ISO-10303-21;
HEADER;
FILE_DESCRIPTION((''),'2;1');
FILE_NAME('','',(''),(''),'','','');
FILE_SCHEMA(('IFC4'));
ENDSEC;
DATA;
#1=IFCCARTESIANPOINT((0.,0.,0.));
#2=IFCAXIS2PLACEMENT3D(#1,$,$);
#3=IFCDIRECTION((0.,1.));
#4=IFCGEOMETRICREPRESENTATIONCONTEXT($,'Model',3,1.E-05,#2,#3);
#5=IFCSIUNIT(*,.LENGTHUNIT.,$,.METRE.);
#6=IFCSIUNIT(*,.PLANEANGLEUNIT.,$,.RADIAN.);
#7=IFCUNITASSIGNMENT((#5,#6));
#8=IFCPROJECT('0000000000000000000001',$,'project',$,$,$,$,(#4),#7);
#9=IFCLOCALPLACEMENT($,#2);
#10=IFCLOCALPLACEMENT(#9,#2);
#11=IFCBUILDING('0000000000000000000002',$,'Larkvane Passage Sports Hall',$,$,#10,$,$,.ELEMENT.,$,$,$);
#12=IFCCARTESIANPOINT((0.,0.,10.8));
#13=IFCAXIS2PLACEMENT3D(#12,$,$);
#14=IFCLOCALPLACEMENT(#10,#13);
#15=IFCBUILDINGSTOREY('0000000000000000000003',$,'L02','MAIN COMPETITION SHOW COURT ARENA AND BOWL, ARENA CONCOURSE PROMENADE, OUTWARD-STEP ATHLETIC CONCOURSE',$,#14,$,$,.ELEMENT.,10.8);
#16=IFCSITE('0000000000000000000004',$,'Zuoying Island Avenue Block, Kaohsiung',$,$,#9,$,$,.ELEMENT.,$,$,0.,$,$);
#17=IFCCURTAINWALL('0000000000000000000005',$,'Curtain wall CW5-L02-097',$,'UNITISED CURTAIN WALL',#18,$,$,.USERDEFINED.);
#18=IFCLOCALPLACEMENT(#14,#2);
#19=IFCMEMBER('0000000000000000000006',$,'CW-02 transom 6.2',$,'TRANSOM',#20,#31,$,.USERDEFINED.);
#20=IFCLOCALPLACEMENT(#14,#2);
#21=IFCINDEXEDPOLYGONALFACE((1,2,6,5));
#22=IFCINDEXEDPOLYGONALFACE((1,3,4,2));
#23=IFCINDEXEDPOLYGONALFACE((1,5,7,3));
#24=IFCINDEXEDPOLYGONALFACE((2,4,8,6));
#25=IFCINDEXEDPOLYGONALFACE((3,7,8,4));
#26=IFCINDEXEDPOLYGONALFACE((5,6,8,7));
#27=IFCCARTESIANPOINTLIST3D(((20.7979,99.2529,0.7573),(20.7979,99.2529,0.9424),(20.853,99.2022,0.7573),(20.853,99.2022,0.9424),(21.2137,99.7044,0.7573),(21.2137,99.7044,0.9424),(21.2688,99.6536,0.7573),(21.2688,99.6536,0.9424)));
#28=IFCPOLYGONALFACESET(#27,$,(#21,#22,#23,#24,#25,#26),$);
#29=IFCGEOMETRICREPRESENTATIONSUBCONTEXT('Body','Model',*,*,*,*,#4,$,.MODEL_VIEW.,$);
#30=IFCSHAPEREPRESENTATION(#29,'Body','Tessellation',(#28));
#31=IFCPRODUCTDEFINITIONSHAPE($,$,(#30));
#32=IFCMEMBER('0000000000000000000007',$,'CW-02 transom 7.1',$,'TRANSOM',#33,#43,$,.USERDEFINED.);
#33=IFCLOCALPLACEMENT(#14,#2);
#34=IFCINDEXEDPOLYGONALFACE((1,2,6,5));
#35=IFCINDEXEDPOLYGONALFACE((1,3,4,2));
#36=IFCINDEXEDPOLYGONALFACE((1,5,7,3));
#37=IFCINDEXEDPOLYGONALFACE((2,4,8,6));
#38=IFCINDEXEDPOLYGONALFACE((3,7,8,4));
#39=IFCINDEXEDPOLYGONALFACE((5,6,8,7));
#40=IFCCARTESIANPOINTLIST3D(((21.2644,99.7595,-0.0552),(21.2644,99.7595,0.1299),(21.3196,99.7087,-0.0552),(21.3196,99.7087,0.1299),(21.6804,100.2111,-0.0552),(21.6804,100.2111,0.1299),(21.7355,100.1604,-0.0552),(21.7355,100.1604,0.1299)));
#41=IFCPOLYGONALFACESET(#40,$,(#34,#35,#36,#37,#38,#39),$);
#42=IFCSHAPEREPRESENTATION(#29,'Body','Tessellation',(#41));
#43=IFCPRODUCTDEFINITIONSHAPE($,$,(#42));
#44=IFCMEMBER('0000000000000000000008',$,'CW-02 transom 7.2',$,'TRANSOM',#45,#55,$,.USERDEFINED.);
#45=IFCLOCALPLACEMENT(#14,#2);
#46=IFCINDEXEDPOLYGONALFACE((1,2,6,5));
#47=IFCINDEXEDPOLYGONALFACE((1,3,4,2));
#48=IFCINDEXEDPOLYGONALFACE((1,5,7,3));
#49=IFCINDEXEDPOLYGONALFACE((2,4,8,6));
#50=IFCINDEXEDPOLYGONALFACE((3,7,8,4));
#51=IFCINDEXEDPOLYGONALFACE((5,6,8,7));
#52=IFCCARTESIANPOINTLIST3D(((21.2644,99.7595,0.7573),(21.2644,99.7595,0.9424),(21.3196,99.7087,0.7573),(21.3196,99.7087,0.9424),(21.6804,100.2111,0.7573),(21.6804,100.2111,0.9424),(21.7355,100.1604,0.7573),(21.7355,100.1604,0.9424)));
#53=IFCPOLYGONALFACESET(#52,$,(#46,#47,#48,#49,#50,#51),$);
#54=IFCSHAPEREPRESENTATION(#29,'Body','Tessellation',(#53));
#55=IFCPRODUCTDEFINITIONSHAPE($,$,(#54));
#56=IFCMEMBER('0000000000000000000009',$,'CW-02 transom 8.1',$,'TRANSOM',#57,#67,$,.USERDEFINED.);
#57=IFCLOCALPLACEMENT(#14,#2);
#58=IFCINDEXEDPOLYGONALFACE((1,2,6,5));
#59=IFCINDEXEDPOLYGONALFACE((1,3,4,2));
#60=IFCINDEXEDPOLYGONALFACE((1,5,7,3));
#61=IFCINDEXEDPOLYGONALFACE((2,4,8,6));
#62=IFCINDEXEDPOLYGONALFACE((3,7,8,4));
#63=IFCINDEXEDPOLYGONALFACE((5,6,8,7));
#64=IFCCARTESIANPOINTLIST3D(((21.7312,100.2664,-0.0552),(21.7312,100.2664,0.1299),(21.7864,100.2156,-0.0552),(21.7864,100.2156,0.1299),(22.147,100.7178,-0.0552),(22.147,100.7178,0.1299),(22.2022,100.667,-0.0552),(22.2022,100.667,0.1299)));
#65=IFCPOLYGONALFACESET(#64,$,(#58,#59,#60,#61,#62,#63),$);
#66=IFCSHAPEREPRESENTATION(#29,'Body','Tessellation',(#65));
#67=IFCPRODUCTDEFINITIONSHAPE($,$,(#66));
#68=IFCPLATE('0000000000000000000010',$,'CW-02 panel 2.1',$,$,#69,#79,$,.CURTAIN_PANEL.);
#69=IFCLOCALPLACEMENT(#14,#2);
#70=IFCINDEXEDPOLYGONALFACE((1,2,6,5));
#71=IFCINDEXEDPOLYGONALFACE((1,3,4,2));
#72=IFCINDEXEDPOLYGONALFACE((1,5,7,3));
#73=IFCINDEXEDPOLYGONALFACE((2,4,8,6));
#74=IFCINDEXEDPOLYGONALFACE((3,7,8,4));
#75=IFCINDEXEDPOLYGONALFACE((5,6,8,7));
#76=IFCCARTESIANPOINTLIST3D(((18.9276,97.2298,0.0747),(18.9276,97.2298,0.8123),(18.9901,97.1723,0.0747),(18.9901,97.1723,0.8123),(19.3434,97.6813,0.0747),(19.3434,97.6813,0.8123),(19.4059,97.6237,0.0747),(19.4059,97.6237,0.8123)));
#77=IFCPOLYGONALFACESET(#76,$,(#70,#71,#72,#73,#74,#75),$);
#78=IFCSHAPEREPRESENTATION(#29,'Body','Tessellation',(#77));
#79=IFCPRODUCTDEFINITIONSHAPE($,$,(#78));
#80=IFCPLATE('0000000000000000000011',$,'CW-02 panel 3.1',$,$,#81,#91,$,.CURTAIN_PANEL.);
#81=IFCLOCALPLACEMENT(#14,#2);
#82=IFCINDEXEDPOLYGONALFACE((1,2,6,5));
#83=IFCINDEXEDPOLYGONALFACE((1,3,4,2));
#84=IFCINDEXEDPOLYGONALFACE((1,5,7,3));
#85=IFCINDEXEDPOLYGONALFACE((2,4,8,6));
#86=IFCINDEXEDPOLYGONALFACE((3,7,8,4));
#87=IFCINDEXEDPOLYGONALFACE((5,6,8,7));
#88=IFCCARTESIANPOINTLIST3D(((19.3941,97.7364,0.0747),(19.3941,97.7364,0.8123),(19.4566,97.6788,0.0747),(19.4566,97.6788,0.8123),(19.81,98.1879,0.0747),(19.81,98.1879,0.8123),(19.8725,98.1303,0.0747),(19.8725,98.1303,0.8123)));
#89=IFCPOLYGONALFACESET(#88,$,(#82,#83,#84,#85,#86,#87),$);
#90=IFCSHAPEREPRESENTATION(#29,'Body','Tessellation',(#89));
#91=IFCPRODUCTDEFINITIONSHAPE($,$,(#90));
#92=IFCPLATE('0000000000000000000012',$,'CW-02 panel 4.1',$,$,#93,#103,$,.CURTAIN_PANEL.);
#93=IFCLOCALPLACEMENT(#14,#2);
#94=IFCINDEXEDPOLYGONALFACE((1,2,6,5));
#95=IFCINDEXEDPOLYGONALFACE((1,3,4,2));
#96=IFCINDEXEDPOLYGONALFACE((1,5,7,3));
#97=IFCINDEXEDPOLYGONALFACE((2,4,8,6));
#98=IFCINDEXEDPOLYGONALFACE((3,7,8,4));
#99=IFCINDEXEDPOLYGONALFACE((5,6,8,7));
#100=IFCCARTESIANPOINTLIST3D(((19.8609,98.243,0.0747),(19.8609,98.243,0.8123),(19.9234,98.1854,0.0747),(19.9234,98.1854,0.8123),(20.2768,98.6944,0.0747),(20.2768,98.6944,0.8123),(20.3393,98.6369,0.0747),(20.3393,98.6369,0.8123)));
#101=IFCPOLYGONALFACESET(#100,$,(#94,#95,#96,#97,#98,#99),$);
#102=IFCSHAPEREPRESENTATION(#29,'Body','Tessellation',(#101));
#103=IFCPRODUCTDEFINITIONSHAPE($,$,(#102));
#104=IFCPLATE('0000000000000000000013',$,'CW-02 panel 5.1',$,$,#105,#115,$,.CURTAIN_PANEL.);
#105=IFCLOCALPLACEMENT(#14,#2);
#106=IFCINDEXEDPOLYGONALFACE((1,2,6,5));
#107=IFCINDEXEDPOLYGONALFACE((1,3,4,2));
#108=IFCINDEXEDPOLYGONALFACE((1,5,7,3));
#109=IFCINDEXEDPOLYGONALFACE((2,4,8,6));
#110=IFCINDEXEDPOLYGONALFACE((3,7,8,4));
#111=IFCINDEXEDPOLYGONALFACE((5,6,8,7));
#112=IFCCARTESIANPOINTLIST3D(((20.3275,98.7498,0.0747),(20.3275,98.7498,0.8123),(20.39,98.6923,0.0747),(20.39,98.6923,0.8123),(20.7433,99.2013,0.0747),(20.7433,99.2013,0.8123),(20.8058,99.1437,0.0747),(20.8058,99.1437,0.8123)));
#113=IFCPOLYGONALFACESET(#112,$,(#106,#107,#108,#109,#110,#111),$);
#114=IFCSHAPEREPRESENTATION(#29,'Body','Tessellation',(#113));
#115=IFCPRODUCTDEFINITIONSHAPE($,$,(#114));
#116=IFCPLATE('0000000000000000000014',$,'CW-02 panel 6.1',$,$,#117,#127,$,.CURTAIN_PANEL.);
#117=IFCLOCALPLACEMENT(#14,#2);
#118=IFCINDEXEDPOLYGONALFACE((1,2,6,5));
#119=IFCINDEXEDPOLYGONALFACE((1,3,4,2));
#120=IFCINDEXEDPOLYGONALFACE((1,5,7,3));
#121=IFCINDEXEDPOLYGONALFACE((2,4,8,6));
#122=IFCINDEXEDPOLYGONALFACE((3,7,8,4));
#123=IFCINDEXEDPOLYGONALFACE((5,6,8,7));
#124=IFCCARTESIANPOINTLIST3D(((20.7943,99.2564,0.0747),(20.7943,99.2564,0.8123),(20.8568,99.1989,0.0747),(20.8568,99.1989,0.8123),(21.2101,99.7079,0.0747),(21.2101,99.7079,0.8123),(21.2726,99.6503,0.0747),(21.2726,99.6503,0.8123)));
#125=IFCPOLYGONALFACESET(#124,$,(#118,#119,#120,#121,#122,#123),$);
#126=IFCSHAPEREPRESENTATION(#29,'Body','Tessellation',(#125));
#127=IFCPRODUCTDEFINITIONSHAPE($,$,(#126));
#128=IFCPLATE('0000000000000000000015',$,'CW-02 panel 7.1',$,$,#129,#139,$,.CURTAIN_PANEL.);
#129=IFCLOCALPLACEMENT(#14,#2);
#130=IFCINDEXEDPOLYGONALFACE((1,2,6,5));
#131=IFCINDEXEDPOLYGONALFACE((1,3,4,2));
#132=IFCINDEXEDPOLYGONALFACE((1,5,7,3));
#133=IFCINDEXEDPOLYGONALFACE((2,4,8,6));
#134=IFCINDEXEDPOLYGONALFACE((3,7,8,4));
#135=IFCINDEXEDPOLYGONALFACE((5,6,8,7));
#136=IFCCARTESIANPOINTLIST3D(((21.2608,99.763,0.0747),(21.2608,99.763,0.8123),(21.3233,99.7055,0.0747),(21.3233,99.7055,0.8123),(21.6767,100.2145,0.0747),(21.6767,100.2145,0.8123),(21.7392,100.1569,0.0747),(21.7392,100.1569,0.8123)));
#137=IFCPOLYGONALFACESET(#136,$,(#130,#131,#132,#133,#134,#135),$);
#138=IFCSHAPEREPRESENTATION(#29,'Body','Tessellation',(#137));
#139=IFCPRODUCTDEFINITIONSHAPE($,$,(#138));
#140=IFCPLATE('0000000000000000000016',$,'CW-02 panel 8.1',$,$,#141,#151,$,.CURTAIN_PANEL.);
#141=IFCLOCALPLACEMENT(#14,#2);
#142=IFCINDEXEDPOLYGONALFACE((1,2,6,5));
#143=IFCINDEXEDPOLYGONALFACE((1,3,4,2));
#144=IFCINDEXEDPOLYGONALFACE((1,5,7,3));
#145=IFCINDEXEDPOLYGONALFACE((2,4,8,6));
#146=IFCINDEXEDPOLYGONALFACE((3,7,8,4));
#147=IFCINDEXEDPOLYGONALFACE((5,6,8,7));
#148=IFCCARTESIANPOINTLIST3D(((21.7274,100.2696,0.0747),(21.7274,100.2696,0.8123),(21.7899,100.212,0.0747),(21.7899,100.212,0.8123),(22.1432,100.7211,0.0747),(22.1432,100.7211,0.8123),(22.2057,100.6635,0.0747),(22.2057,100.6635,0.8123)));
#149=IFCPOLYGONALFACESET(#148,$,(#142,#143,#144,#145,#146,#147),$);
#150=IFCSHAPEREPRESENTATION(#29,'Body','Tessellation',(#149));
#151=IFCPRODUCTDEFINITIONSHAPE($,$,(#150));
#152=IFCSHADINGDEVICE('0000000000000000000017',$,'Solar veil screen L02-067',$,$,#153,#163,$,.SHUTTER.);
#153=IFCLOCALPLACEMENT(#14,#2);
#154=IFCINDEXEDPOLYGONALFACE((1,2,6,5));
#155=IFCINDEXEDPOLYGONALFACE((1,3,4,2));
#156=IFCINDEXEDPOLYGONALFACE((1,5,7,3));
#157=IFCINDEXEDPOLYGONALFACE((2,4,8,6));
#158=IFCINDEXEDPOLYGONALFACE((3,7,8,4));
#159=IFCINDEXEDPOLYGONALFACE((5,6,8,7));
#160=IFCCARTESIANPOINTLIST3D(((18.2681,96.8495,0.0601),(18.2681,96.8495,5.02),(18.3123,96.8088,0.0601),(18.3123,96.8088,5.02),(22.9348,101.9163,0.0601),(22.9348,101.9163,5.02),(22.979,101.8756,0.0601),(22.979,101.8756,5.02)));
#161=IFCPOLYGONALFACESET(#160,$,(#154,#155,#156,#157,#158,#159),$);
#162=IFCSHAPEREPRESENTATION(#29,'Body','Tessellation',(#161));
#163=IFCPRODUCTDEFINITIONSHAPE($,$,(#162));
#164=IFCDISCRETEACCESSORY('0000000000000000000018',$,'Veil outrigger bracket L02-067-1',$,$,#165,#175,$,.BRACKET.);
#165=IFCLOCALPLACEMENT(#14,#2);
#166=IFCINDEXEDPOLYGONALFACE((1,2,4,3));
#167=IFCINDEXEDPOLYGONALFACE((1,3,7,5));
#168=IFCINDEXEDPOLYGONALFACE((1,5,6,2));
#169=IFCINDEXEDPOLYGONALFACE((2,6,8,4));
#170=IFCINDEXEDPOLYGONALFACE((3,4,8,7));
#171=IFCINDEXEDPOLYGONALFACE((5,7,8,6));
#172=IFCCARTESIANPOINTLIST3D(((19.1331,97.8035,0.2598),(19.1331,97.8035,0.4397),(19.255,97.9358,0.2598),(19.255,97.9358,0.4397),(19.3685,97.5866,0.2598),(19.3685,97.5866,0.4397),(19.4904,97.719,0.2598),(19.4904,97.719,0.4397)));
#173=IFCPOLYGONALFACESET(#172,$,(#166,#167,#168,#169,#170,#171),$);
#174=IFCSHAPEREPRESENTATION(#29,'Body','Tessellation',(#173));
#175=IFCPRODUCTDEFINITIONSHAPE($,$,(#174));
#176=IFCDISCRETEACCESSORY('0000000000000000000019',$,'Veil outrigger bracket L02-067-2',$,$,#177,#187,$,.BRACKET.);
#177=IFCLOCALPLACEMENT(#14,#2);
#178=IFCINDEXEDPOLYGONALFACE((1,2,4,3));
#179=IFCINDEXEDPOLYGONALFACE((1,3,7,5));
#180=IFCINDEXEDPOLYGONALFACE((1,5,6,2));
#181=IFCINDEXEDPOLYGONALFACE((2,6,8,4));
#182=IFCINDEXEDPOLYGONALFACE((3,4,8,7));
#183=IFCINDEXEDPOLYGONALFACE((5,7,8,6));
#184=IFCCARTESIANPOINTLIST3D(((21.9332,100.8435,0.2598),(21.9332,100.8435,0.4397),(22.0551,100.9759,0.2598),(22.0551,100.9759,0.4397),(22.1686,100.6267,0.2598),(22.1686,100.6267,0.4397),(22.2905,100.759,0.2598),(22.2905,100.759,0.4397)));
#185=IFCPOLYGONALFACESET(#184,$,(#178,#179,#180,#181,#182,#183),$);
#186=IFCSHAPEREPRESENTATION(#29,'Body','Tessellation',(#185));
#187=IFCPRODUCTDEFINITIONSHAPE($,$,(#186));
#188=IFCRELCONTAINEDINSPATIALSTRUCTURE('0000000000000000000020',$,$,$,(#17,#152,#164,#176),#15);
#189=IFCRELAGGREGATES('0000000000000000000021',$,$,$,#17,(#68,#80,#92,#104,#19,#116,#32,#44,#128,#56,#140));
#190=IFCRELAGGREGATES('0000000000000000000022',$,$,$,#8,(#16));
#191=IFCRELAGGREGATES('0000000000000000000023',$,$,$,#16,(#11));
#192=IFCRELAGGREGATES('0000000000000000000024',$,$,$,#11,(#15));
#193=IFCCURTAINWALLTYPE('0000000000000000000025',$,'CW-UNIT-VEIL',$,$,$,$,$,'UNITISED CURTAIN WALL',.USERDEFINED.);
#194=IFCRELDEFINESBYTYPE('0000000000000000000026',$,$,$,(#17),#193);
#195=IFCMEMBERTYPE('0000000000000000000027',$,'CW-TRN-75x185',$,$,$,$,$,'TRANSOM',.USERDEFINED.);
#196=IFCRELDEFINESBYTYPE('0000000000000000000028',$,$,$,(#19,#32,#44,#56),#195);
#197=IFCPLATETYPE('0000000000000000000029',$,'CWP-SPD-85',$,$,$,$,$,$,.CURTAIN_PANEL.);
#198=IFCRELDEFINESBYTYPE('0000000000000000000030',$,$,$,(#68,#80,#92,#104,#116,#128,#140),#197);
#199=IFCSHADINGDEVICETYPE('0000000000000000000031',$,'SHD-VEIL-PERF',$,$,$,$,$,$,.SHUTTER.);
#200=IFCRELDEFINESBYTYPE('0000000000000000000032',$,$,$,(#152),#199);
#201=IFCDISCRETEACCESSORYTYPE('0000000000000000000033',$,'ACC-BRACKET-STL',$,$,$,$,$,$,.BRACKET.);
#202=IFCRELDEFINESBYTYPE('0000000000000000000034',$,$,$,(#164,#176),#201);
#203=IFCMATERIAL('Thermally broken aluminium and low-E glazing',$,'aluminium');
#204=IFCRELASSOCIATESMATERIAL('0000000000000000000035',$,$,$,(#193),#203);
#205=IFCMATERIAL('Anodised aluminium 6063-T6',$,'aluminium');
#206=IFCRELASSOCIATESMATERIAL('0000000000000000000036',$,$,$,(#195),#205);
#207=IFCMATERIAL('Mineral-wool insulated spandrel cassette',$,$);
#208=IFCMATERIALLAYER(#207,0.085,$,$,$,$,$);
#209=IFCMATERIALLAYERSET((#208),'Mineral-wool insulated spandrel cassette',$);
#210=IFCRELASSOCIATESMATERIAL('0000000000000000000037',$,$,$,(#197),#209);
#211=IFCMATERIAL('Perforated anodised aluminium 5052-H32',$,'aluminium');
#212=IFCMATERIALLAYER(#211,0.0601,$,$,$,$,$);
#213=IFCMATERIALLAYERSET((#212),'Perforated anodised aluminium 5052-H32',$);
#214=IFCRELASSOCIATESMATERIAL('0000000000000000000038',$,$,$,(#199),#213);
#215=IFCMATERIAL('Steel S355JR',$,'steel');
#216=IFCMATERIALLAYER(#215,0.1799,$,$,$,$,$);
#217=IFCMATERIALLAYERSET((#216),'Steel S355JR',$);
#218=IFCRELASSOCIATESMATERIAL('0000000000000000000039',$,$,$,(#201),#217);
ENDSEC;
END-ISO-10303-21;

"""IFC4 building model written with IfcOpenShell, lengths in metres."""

from ifc_helpers import new_model, si_unit, direction, frame, origin, origin_2d, place, context, subcontext, project, spatial, rectangle, extrude, material, layer, layer_set, material_profile, profile_set, type_object, element, aggregate, save


model = new_model("IFC4")

# Units and contexts
model_context = context("Model", 3, precision=1e-05, world=origin(), true_north=direction((0.0, 1.0)))
body_context = subcontext(model_context, "Body", "Model", "MODEL_VIEW")
ifc_project = project(units=[si_unit("LENGTHUNIT", "METRE"), si_unit("PLANEANGLEUNIT", "RADIAN")], contexts=[model_context])

# Site, building, storey
site_placement = place(None, origin())
site = spatial("IfcSite", under=ifc_project, at=site_placement, Name="Zuoying Island Avenue Block, Kaohsiung", CompositionType="ELEMENT", RefElevation=0.0)
building_placement = place(site_placement, origin())
building = spatial("IfcBuilding", under=site, at=building_placement, Name="Larkvane Passage Sports Hall", CompositionType="ELEMENT")
storey_placement = place(building_placement, frame((0.0, 0.0, 10.8)))
storey = spatial("IfcBuildingStorey", under=building, at=storey_placement, Name="L02", Description="MAIN COMPETITION SHOW COURT ARENA AND BOWL, ARENA CONCOURSE PROMENADE, OUTWARD-STEP ATHLETIC CONCOURSE", CompositionType="ELEMENT", Elevation=10.8)

# Curtain wall, members, plates
ifc_material_1 = material(Name="Thermally broken aluminium and low-E glazing", Category="aluminium")
curtain_wall_type = type_object("IfcCurtainWallType", Name="CW-UNIT-VEIL", ElementType="UNITISED CURTAIN WALL", PredefinedType="USERDEFINED", material=ifc_material_1)
curtain_wall_placement = place(storey_placement, origin())
curtain_wall = element("IfcCurtainWall", 1, at=curtain_wall_placement, inside=storey, type_object=curtain_wall_type, Name="Curtain wall CW5-L02-097", ObjectType="UNITISED CURTAIN WALL", PredefinedType="USERDEFINED")
ifc_material_2 = material(Name="Anodised aluminium 6063-T6", Category="aluminium")
ifc_material_profile_1 = material_profile(ifc_material_2, rectangle(XDim=0.075, YDim=0.1851, at=origin_2d()), Name="ALU-TRN-75x185")
ifc_profile_set_1 = profile_set([ifc_material_profile_1], Name="Anodised aluminium 6063-T6")
member_type_1 = type_object("IfcMemberType", Name="CW-TRN-75x185", ElementType="TRANSOM", PredefinedType="USERDEFINED", material=ifc_profile_set_1)
member_1_placement = place(storey_placement, frame((20.8254, 99.2275, 0.8499), z_axis=(0.67747, 0.73555, 0.0), x_axis=(-0.73555, 0.67747, 0.0)))
member_1 = element("IfcMember", 2, at=member_1_placement, type_object=member_type_1, Name="CW-02 transom 6.2", ObjectType="TRANSOM", PredefinedType="USERDEFINED", context=body_context, shape_type="SweptSolid", body=[
    extrude(rectangle(XDim=0.075, YDim=0.1851, at=origin_2d()), origin(), (0.0, 0.0, 1.0), 0.6138),
])
member_2_placement = place(storey_placement, frame((21.292, 99.7341, 0.0374), z_axis=(0.677487, 0.735535, 0.0), x_axis=(-0.735535, 0.677487, 0.0)))
member_2 = element("IfcMember", 3, at=member_2_placement, type_object=member_type_1, Name="CW-02 transom 7.1", ObjectType="TRANSOM", PredefinedType="USERDEFINED", context=body_context, shape_type="SweptSolid", body=[
    extrude(rectangle(XDim=0.075, YDim=0.1851, at=origin_2d()), origin(), (0.0, 0.0, 1.0), 0.614),
])
member_3_placement = place(storey_placement, frame((21.292, 99.7341, 0.8499), z_axis=(0.677487, 0.735535, 0.0), x_axis=(-0.735535, 0.677487, 0.0)))
member_3 = element("IfcMember", 4, at=member_3_placement, type_object=member_type_1, Name="CW-02 transom 7.2", ObjectType="TRANSOM", PredefinedType="USERDEFINED", context=body_context, shape_type="SweptSolid", body=[
    extrude(rectangle(XDim=0.075, YDim=0.1851, at=origin_2d()), origin(), (0.0, 0.0, 1.0), 0.614),
])
member_4_placement = place(storey_placement, frame((21.7588, 100.241, 0.0374), z_axis=(0.67747, 0.73555, 0.0), x_axis=(-0.73555, 0.67747, 0.0)))
member_4 = element("IfcMember", 5, at=member_4_placement, type_object=member_type_1, Name="CW-02 transom 8.1", ObjectType="TRANSOM", PredefinedType="USERDEFINED", context=body_context, shape_type="SweptSolid", body=[
    extrude(rectangle(XDim=0.075, YDim=0.1851, at=origin_2d()), origin(), (0.0, 0.0, 1.0), 0.6138),
])
ifc_material_3 = material(Name="Mineral-wool insulated spandrel cassette")
ifc_layer_1 = layer(ifc_material_3, 0.085)
ifc_layer_set_1 = layer_set([ifc_layer_1], Name="Mineral-wool insulated spandrel cassette")
plate_type = type_object("IfcPlateType", Name="CWP-SPD-85", PredefinedType="CURTAIN_PANEL", material=ifc_layer_set_1)
plate_1_placement = place(storey_placement, frame((19.1667, 97.4268, 0.0747), z_axis=(0.0, 0.0, 1.0), x_axis=(0.677475, 0.735545, 0.0)))
plate_1 = element("IfcPlate", 6, at=plate_1_placement, type_object=plate_type, Name="CW-02 panel 2.1", PredefinedType="CURTAIN_PANEL", context=body_context, shape_type="SweptSolid", body=[
    extrude(rectangle(XDim=0.6138, YDim=0.085, at=origin_2d()), origin(), (0.0, 0.0, 1.0), 0.7375),
])
plate_2_placement = place(storey_placement, frame((19.6333, 97.9333, 0.0747), z_axis=(0.0, 0.0, 1.0), x_axis=(0.677475, 0.735545, 0.0)))
plate_2 = element("IfcPlate", 7, at=plate_2_placement, type_object=plate_type, Name="CW-02 panel 3.1", PredefinedType="CURTAIN_PANEL", context=body_context, shape_type="SweptSolid", body=[
    extrude(rectangle(XDim=0.6138, YDim=0.085, at=origin_2d()), origin(), (0.0, 0.0, 1.0), 0.7375),
])
plate_3_placement = place(storey_placement, frame((20.1001, 98.4399, 0.0747), z_axis=(0.0, 0.0, 1.0), x_axis=(0.677475, 0.735545, 0.0)))
plate_3 = element("IfcPlate", 8, at=plate_3_placement, type_object=plate_type, Name="CW-02 panel 4.1", PredefinedType="CURTAIN_PANEL", context=body_context, shape_type="SweptSolid", body=[
    extrude(rectangle(XDim=0.6138, YDim=0.085, at=origin_2d()), origin(), (0.0, 0.0, 1.0), 0.7375),
])
plate_4_placement = place(storey_placement, frame((20.5667, 98.9468, 0.0747), z_axis=(0.0, 0.0, 1.0), x_axis=(0.677475, 0.735545, 0.0)))
plate_4 = element("IfcPlate", 9, at=plate_4_placement, type_object=plate_type, Name="CW-02 panel 5.1", PredefinedType="CURTAIN_PANEL", context=body_context, shape_type="SweptSolid", body=[
    extrude(rectangle(XDim=0.6138, YDim=0.085, at=origin_2d()), origin(), (0.0, 0.0, 1.0), 0.7375),
])
plate_5_placement = place(storey_placement, frame((21.0334, 99.4534, 0.0747), z_axis=(0.0, 0.0, 1.0), x_axis=(0.677475, 0.735545, 0.0)))
plate_5 = element("IfcPlate", 10, at=plate_5_placement, type_object=plate_type, Name="CW-02 panel 6.1", PredefinedType="CURTAIN_PANEL", context=body_context, shape_type="SweptSolid", body=[
    extrude(rectangle(XDim=0.6138, YDim=0.085, at=origin_2d()), origin(), (0.0, 0.0, 1.0), 0.7375),
])
plate_6_placement = place(storey_placement, frame((21.5, 99.96, 0.0747), z_axis=(0.0, 0.0, 1.0), x_axis=(0.677475, 0.735545, 0.0)))
plate_6 = element("IfcPlate", 11, at=plate_6_placement, type_object=plate_type, Name="CW-02 panel 7.1", PredefinedType="CURTAIN_PANEL", context=body_context, shape_type="SweptSolid", body=[
    extrude(rectangle(XDim=0.6138, YDim=0.085, at=origin_2d()), origin(), (0.0, 0.0, 1.0), 0.7375),
])
plate_7_placement = place(storey_placement, frame((21.9666, 100.4666, 0.0747), z_axis=(0.0, 0.0, 1.0), x_axis=(0.677475, 0.735545, 0.0)))
plate_7 = element("IfcPlate", 12, at=plate_7_placement, type_object=plate_type, Name="CW-02 panel 8.1", PredefinedType="CURTAIN_PANEL", context=body_context, shape_type="SweptSolid", body=[
    extrude(rectangle(XDim=0.6138, YDim=0.085, at=origin_2d()), origin(), (0.0, 0.0, 1.0), 0.7375),
])
aggregate(curtain_wall, [plate_1, plate_2, plate_3, plate_4, member_1, plate_5, member_2, member_3, plate_6, member_4, plate_7])

# Shading device
ifc_material_4 = material(Name="Perforated anodised aluminium 5052-H32", Category="aluminium")
ifc_layer_2 = layer(ifc_material_4, 0.0601)
ifc_layer_set_2 = layer_set([ifc_layer_2], Name="Perforated anodised aluminium 5052-H32")
shading_device_type = type_object("IfcShadingDeviceType", Name="SHD-VEIL-PERF", PredefinedType="SHUTTER", material=ifc_layer_set_2)
shading_device_placement = place(storey_placement, frame((20.6235, 99.3625, 0.0601), z_axis=(0.0, 0.0, 1.0), x_axis=(0.677476, 0.735545, 0.0)))
element("IfcShadingDevice", 13, at=shading_device_placement, inside=storey, type_object=shading_device_type, Name="Solar veil screen L02-067", PredefinedType="SHUTTER", context=body_context, shape_type="SweptSolid", body=[
    extrude(rectangle(XDim=6.8884, YDim=0.0601, at=origin_2d()), origin(), (0.0, 0.0, 1.0), 4.96),
])

# Discrete accessories
ifc_material_5 = material(Name="Steel S355JR", Category="steel")
ifc_layer_3 = layer(ifc_material_5, 0.1799)
ifc_layer_set_3 = layer_set([ifc_layer_3], Name="Steel S355JR")
discrete_accessory_type = type_object("IfcDiscreteAccessoryType", Name="ACC-BRACKET-STL", PredefinedType="BRACKET", material=ifc_layer_set_3)
for number, where, z_axis, x_axis, name in (
    (14, (19.3118, 97.7612, 0.2598), (0.0, 0.0, 1.0), (0.677476, 0.735545, 0.0), "Veil outrigger bracket L02-067-1"),
    (15, (22.1118, 100.8013, 0.2598), (0.0, 0.0, 1.0), (0.677476, 0.735545, 0.0), "Veil outrigger bracket L02-067-2"),
):
    element("IfcDiscreteAccessory", number, at=place(storey_placement, frame(where, z_axis=z_axis, x_axis=x_axis)), inside=storey, type_object=discrete_accessory_type, Name=name, PredefinedType="BRACKET", context=body_context, shape_type="SweptSolid", body=[
        extrude(rectangle(XDim=0.1799, YDim=0.3201, at=origin_2d()), origin(), (0.0, 0.0, 1.0), 0.1799),
    ])

save(model, "model.ifc")
